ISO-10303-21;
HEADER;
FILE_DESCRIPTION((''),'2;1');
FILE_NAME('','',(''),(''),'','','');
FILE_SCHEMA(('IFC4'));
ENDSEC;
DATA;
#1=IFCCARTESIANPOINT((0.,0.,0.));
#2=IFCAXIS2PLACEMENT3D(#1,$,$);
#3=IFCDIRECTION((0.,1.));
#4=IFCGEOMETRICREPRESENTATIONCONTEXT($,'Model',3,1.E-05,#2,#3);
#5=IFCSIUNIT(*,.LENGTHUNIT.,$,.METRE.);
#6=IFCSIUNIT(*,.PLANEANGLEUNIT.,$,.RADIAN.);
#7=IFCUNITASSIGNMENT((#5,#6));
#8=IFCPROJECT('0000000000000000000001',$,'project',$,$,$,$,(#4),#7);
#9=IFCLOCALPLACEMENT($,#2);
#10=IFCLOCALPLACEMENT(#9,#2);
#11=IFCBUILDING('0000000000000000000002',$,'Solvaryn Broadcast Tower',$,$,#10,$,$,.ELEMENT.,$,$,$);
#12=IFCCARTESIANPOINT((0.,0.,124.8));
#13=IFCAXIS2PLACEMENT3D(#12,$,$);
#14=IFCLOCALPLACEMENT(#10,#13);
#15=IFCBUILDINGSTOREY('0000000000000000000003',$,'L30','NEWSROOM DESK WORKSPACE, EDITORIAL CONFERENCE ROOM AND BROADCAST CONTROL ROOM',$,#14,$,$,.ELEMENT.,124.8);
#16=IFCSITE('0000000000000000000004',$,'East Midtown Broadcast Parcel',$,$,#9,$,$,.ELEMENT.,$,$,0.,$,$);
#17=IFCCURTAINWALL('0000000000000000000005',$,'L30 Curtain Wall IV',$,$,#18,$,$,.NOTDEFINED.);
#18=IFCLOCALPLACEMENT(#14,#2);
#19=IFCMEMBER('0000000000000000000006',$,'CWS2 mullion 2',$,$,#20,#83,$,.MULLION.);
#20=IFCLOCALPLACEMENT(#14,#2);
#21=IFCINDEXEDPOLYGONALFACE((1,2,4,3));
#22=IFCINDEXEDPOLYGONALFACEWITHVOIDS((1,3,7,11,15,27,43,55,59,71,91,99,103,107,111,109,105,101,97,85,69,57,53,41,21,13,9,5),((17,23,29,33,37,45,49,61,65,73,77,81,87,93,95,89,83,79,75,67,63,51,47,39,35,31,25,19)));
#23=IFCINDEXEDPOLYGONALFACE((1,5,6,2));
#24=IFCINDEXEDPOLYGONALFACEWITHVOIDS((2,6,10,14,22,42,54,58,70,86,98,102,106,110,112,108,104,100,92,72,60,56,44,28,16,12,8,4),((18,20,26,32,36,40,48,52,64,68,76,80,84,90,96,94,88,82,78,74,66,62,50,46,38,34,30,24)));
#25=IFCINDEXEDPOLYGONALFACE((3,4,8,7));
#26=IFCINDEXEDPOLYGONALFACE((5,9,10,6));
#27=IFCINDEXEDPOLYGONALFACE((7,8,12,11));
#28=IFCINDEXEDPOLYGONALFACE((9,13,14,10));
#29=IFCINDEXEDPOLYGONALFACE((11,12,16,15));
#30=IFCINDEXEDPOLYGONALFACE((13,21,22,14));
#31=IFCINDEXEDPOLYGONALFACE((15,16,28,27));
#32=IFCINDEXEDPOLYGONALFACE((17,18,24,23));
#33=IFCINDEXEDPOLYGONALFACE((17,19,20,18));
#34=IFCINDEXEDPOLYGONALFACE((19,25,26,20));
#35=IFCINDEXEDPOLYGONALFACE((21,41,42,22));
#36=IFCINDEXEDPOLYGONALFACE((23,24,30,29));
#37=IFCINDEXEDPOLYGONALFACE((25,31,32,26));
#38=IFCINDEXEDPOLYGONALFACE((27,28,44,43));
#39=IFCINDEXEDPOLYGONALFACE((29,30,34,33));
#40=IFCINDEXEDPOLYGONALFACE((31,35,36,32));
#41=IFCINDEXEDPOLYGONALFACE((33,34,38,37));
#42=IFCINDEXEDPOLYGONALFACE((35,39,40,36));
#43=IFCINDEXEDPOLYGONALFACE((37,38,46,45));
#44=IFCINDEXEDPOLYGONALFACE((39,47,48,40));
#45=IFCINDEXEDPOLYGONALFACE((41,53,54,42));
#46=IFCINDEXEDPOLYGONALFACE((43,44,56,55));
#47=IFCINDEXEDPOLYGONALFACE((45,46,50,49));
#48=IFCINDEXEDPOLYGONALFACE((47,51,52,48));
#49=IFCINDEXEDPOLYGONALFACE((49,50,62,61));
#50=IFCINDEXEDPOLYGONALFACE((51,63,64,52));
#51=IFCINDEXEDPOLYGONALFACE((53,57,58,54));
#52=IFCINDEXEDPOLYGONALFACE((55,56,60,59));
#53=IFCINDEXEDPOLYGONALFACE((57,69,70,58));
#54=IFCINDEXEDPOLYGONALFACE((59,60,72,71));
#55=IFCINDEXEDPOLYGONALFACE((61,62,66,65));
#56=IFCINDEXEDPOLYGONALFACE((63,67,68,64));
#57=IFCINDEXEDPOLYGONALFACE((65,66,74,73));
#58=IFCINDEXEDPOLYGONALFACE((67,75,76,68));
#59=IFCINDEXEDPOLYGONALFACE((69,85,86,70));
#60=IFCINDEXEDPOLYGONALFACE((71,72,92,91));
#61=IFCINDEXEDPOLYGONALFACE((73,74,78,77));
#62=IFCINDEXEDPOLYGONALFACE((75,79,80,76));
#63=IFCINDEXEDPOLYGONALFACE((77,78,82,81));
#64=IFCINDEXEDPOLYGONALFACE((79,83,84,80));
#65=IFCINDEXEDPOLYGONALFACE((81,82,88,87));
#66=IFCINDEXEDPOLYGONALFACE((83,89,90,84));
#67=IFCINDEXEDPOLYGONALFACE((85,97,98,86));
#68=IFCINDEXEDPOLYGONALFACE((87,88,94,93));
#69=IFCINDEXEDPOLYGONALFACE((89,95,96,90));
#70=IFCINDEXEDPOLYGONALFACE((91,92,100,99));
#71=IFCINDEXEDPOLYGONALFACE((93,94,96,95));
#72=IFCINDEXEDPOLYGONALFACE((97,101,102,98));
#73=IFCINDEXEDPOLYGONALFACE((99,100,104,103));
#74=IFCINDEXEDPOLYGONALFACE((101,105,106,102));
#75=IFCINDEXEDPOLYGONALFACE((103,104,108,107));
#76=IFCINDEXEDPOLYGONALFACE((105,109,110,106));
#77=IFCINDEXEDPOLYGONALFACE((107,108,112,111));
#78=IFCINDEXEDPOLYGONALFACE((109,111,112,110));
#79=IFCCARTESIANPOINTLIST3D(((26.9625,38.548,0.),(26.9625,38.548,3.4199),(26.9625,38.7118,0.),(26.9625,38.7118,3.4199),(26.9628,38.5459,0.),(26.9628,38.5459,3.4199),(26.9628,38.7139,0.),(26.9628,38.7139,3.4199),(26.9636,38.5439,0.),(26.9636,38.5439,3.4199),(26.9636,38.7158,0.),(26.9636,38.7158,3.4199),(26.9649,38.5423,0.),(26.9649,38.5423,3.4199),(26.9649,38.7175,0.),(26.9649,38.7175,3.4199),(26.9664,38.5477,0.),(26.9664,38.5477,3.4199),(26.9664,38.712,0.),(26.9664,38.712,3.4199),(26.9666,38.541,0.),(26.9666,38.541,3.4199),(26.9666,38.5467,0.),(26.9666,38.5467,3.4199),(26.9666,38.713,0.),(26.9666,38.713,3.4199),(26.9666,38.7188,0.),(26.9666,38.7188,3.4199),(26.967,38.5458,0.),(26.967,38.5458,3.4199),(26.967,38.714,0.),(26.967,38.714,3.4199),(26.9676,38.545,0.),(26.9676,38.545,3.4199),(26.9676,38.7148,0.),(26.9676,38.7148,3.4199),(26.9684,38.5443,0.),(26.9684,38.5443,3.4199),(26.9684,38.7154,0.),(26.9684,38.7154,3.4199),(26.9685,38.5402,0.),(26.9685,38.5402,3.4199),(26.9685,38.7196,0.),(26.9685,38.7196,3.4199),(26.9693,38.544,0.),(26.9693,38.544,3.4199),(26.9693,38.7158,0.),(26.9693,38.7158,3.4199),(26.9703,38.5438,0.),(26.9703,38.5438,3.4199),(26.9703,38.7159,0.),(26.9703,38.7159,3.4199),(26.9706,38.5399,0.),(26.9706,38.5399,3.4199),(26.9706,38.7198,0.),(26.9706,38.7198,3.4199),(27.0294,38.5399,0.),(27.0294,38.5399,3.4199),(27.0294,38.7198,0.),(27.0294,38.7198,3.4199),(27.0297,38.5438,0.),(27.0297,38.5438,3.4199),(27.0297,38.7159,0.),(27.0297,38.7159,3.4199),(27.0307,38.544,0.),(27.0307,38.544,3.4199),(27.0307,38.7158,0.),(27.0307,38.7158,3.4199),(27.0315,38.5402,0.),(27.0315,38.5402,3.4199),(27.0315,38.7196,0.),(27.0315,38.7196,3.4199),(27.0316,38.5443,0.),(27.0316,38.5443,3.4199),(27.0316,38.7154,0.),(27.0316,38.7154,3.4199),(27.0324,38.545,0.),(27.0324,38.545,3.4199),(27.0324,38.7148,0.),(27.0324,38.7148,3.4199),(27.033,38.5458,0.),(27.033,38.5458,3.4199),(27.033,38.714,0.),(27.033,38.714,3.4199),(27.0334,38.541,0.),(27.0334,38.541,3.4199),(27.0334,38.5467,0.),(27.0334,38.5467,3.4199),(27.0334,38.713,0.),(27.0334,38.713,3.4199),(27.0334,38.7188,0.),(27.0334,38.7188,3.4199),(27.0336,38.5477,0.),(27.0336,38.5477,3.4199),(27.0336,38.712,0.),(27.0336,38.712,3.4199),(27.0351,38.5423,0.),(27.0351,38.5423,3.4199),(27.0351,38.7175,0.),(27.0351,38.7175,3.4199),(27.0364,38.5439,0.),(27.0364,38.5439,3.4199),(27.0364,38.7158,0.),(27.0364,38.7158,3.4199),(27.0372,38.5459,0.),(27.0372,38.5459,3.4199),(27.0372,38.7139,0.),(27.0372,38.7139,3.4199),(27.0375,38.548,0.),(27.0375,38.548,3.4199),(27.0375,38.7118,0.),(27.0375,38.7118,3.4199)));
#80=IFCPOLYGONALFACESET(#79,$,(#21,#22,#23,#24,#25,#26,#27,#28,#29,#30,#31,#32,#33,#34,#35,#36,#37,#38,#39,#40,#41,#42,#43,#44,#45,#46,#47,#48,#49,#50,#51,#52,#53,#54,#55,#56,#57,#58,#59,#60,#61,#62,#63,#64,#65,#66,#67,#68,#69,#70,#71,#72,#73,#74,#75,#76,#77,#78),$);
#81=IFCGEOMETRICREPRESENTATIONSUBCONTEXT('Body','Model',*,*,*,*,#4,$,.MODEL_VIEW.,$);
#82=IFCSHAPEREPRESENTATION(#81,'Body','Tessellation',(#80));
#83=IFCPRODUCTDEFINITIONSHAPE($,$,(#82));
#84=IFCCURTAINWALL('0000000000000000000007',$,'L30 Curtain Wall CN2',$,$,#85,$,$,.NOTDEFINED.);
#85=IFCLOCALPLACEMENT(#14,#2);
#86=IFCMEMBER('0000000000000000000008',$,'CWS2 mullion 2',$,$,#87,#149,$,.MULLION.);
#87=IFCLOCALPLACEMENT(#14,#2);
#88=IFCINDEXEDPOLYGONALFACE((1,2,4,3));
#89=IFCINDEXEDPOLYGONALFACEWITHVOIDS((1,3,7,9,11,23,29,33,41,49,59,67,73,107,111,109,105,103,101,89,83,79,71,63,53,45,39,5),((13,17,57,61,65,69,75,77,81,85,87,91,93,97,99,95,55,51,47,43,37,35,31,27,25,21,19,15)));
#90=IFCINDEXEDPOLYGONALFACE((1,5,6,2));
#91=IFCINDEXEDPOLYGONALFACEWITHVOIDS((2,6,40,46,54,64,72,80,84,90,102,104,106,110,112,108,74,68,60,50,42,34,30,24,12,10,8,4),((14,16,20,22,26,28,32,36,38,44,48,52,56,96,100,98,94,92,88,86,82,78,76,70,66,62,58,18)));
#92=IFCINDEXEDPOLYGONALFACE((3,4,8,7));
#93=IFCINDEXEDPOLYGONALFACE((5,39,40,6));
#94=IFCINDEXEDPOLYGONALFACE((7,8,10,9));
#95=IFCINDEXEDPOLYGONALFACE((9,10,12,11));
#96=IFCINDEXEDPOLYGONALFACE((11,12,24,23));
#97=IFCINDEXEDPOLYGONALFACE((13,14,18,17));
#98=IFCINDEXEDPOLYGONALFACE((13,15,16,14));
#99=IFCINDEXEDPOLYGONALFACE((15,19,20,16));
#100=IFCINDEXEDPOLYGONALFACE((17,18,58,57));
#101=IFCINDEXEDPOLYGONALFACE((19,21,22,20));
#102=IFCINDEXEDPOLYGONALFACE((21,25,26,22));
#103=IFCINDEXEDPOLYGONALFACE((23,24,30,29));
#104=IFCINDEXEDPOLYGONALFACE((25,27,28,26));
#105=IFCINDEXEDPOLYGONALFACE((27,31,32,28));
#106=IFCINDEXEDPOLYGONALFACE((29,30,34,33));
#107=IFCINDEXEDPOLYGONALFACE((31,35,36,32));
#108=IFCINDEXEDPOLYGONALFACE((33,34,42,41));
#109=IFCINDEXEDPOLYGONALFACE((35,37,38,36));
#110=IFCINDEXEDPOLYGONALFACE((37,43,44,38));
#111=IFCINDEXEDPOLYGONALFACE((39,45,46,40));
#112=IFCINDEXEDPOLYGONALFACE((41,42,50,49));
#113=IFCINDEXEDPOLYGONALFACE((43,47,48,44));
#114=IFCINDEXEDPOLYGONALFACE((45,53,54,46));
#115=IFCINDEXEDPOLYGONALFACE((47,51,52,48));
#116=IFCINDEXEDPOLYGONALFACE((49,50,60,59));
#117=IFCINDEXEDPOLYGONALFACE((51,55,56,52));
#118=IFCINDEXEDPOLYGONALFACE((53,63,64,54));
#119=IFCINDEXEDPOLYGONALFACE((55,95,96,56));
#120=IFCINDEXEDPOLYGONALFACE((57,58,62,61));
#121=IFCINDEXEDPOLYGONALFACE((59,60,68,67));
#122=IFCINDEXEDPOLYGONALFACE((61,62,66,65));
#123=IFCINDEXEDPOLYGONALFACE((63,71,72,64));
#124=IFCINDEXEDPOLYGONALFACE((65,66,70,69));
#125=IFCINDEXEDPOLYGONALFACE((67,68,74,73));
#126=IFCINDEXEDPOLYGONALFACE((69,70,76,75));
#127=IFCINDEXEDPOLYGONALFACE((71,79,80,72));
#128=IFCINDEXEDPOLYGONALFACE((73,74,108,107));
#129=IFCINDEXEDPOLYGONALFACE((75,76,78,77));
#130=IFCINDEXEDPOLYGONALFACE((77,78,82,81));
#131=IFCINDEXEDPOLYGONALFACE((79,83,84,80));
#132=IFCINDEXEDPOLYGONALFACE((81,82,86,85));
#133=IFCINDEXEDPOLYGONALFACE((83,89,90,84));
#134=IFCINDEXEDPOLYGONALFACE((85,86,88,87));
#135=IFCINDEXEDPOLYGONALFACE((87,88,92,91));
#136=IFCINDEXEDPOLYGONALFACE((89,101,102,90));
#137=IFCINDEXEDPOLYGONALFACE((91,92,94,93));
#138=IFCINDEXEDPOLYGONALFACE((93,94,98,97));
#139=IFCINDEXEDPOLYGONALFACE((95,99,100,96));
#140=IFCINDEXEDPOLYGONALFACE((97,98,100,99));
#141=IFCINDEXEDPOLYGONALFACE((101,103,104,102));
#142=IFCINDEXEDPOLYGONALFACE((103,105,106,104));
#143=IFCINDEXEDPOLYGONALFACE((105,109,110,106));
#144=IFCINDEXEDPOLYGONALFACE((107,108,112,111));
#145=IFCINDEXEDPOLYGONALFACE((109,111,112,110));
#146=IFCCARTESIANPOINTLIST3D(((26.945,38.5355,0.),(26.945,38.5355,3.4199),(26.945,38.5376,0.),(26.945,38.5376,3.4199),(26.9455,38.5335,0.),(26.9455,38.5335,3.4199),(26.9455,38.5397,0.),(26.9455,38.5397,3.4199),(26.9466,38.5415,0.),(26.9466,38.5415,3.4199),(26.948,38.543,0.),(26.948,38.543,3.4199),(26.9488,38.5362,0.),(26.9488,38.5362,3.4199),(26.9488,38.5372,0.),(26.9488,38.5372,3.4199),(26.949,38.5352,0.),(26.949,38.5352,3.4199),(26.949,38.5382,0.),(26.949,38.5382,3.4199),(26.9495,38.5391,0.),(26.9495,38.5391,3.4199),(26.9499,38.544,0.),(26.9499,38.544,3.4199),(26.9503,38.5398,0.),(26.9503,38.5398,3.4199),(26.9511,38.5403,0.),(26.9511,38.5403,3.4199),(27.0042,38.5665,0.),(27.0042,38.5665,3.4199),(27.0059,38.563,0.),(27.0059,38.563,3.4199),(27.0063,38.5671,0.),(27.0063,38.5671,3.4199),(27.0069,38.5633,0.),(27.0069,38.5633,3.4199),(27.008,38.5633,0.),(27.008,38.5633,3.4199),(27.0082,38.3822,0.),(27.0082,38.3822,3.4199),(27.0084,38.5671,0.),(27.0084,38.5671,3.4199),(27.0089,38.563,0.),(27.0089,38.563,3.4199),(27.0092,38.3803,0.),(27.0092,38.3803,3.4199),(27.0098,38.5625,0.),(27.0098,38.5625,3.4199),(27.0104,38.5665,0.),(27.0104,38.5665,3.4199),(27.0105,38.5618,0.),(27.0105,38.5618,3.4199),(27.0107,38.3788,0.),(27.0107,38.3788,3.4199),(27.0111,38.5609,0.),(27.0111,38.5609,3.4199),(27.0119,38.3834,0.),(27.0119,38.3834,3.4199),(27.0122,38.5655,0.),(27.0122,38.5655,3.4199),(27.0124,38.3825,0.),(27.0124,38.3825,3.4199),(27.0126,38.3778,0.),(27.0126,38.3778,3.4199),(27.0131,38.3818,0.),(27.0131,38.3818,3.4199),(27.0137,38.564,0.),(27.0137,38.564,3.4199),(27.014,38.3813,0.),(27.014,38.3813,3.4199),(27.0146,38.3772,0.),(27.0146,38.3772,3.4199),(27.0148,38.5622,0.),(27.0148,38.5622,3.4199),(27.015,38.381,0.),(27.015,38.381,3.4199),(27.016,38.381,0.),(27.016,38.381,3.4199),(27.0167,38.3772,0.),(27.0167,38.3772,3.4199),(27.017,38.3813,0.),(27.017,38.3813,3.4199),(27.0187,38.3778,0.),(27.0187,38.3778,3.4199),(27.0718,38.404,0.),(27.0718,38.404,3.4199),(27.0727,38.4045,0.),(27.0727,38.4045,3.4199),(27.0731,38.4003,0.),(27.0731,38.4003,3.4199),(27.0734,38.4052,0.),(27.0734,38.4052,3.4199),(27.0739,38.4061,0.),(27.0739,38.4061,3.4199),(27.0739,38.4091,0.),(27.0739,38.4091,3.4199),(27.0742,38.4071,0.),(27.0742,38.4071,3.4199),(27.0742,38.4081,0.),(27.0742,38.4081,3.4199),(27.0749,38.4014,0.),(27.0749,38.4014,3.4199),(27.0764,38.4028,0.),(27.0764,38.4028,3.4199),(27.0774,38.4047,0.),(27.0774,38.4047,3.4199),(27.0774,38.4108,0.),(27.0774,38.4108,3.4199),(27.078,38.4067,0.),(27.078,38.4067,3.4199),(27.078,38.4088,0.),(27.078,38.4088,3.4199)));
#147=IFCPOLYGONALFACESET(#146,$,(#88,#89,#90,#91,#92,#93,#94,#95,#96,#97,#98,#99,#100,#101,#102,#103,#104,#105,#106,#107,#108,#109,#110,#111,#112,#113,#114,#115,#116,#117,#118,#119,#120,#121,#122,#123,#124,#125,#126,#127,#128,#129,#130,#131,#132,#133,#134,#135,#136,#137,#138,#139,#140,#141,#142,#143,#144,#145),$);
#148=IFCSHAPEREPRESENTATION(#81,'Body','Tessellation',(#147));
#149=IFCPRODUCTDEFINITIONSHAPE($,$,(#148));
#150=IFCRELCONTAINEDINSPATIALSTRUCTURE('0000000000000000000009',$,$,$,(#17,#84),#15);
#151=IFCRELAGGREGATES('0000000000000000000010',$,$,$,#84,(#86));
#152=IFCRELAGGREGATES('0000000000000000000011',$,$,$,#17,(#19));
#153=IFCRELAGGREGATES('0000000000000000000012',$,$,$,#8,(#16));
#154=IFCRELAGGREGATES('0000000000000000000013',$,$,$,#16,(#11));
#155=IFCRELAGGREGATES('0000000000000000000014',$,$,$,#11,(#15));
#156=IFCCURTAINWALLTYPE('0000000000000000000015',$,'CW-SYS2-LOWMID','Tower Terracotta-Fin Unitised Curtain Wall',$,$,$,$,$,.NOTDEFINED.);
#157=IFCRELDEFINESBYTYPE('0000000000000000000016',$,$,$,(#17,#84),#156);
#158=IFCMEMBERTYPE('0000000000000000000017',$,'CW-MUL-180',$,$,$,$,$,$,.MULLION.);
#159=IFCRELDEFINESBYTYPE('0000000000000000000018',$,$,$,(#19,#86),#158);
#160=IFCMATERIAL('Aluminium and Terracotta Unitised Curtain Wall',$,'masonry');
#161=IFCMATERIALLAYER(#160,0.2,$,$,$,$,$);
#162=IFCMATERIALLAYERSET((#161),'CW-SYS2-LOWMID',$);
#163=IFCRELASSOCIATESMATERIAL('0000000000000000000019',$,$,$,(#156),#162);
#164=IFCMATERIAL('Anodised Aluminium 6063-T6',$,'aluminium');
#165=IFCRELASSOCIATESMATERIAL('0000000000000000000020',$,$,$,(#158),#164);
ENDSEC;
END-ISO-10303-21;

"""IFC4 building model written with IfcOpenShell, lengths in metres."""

from ifc_helpers import new_model, si_unit, direction, frame, origin, origin_2d, place, context, subcontext, project, spatial, hollow_rectangle, extrude, material, layer, layer_set, material_profile, profile_set, type_object, element, aggregate, save


model = new_model("IFC4")

# Units and contexts
model_context = context("Model", 3, precision=1e-05, world=origin(), true_north=direction((0.0, 1.0)))
body_context = subcontext(model_context, "Body", "Model", "MODEL_VIEW")
ifc_project = project(units=[si_unit("LENGTHUNIT", "METRE"), si_unit("PLANEANGLEUNIT", "RADIAN")], contexts=[model_context])

# Site, building, storey
site_placement = place(None, origin())
site = spatial("IfcSite", under=ifc_project, at=site_placement, Name="East Midtown Broadcast Parcel", CompositionType="ELEMENT", RefElevation=0.0)
building_placement = place(site_placement, origin())
building = spatial("IfcBuilding", under=site, at=building_placement, Name="Solvaryn Broadcast Tower", CompositionType="ELEMENT")
storey_placement = place(building_placement, frame((0.0, 0.0, 124.8)))
storey = spatial("IfcBuildingStorey", under=building, at=storey_placement, Name="L30", Description="NEWSROOM DESK WORKSPACE, EDITORIAL CONFERENCE ROOM AND BROADCAST CONTROL ROOM", CompositionType="ELEMENT", Elevation=124.8)

# Curtain wall, member
ifc_material_1 = material(Name="Aluminium and Terracotta Unitised Curtain Wall", Category="masonry")
ifc_layer_1 = layer(ifc_material_1, 0.2)
ifc_layer_set_1 = layer_set([ifc_layer_1], Name="CW-SYS2-LOWMID")
curtain_wall_type = type_object("IfcCurtainWallType", Name="CW-SYS2-LOWMID", Description="Tower Terracotta-Fin Unitised Curtain Wall", PredefinedType="NOTDEFINED", material=ifc_layer_set_1)
curtain_wall_1_placement = place(storey_placement, origin())
curtain_wall_1 = element("IfcCurtainWall", 1, at=curtain_wall_1_placement, inside=storey, type_object=curtain_wall_type, Name="L30 Curtain Wall IV", PredefinedType="NOTDEFINED")
ifc_material_2 = material(Name="Anodised Aluminium 6063-T6", Category="aluminium")
ifc_material_profile_1 = material_profile(ifc_material_2, hollow_rectangle(XDim=0.075, YDim=0.1799, WallThickness=0.0039, InnerFilletRadius=0.0039, OuterFilletRadius=0.0081, at=origin_2d()))
ifc_profile_set_1 = profile_set([ifc_material_profile_1], Name="Anodised Aluminium 6063-T6")
member_type_1 = type_object("IfcMemberType", Name="CW-MUL-180", PredefinedType="MULLION", material=ifc_profile_set_1)
member_1_placement = place(storey_placement, frame((27.0, 38.6299, 0.0), z_axis=(0.0, 0.0, 1.0), x_axis=(1.0, 0.0, 0.0)))
member_1 = element("IfcMember", 2, at=member_1_placement, type_object=member_type_1, Name="CWS2 mullion 2", PredefinedType="MULLION", context=body_context, shape_type="SweptSolid", body=[
    extrude(hollow_rectangle(XDim=0.075, YDim=0.1799, WallThickness=0.0039, InnerFilletRadius=0.0039, OuterFilletRadius=0.0081, at=origin_2d()), origin(), (0.0, 0.0, 1.0), 3.4199),
])

# Curtain wall, member
curtain_wall_2_placement = place(storey_placement, origin())
curtain_wall_2 = element("IfcCurtainWall", 3, at=curtain_wall_2_placement, inside=storey, type_object=curtain_wall_type, Name="L30 Curtain Wall CN2", PredefinedType="NOTDEFINED")
member_2_placement = place(storey_placement, frame((27.0115, 38.4722, 0.0), z_axis=(0.0, 0.0, 1.0), x_axis=(-0.923895, -0.382646, 0.0)))
member_2 = element("IfcMember", 4, at=member_2_placement, type_object=member_type_1, Name="CWS2 mullion 2", PredefinedType="MULLION", context=body_context, shape_type="SweptSolid", body=[
    extrude(hollow_rectangle(XDim=0.075, YDim=0.1799, WallThickness=0.0039, InnerFilletRadius=0.0039, OuterFilletRadius=0.0081, at=origin_2d()), origin(), (0.0, 0.0, 1.0), 3.4199),
])
aggregate(curtain_wall_2, [member_2])

aggregate(curtain_wall_1, [member_1])

save(model, "model.ifc")
